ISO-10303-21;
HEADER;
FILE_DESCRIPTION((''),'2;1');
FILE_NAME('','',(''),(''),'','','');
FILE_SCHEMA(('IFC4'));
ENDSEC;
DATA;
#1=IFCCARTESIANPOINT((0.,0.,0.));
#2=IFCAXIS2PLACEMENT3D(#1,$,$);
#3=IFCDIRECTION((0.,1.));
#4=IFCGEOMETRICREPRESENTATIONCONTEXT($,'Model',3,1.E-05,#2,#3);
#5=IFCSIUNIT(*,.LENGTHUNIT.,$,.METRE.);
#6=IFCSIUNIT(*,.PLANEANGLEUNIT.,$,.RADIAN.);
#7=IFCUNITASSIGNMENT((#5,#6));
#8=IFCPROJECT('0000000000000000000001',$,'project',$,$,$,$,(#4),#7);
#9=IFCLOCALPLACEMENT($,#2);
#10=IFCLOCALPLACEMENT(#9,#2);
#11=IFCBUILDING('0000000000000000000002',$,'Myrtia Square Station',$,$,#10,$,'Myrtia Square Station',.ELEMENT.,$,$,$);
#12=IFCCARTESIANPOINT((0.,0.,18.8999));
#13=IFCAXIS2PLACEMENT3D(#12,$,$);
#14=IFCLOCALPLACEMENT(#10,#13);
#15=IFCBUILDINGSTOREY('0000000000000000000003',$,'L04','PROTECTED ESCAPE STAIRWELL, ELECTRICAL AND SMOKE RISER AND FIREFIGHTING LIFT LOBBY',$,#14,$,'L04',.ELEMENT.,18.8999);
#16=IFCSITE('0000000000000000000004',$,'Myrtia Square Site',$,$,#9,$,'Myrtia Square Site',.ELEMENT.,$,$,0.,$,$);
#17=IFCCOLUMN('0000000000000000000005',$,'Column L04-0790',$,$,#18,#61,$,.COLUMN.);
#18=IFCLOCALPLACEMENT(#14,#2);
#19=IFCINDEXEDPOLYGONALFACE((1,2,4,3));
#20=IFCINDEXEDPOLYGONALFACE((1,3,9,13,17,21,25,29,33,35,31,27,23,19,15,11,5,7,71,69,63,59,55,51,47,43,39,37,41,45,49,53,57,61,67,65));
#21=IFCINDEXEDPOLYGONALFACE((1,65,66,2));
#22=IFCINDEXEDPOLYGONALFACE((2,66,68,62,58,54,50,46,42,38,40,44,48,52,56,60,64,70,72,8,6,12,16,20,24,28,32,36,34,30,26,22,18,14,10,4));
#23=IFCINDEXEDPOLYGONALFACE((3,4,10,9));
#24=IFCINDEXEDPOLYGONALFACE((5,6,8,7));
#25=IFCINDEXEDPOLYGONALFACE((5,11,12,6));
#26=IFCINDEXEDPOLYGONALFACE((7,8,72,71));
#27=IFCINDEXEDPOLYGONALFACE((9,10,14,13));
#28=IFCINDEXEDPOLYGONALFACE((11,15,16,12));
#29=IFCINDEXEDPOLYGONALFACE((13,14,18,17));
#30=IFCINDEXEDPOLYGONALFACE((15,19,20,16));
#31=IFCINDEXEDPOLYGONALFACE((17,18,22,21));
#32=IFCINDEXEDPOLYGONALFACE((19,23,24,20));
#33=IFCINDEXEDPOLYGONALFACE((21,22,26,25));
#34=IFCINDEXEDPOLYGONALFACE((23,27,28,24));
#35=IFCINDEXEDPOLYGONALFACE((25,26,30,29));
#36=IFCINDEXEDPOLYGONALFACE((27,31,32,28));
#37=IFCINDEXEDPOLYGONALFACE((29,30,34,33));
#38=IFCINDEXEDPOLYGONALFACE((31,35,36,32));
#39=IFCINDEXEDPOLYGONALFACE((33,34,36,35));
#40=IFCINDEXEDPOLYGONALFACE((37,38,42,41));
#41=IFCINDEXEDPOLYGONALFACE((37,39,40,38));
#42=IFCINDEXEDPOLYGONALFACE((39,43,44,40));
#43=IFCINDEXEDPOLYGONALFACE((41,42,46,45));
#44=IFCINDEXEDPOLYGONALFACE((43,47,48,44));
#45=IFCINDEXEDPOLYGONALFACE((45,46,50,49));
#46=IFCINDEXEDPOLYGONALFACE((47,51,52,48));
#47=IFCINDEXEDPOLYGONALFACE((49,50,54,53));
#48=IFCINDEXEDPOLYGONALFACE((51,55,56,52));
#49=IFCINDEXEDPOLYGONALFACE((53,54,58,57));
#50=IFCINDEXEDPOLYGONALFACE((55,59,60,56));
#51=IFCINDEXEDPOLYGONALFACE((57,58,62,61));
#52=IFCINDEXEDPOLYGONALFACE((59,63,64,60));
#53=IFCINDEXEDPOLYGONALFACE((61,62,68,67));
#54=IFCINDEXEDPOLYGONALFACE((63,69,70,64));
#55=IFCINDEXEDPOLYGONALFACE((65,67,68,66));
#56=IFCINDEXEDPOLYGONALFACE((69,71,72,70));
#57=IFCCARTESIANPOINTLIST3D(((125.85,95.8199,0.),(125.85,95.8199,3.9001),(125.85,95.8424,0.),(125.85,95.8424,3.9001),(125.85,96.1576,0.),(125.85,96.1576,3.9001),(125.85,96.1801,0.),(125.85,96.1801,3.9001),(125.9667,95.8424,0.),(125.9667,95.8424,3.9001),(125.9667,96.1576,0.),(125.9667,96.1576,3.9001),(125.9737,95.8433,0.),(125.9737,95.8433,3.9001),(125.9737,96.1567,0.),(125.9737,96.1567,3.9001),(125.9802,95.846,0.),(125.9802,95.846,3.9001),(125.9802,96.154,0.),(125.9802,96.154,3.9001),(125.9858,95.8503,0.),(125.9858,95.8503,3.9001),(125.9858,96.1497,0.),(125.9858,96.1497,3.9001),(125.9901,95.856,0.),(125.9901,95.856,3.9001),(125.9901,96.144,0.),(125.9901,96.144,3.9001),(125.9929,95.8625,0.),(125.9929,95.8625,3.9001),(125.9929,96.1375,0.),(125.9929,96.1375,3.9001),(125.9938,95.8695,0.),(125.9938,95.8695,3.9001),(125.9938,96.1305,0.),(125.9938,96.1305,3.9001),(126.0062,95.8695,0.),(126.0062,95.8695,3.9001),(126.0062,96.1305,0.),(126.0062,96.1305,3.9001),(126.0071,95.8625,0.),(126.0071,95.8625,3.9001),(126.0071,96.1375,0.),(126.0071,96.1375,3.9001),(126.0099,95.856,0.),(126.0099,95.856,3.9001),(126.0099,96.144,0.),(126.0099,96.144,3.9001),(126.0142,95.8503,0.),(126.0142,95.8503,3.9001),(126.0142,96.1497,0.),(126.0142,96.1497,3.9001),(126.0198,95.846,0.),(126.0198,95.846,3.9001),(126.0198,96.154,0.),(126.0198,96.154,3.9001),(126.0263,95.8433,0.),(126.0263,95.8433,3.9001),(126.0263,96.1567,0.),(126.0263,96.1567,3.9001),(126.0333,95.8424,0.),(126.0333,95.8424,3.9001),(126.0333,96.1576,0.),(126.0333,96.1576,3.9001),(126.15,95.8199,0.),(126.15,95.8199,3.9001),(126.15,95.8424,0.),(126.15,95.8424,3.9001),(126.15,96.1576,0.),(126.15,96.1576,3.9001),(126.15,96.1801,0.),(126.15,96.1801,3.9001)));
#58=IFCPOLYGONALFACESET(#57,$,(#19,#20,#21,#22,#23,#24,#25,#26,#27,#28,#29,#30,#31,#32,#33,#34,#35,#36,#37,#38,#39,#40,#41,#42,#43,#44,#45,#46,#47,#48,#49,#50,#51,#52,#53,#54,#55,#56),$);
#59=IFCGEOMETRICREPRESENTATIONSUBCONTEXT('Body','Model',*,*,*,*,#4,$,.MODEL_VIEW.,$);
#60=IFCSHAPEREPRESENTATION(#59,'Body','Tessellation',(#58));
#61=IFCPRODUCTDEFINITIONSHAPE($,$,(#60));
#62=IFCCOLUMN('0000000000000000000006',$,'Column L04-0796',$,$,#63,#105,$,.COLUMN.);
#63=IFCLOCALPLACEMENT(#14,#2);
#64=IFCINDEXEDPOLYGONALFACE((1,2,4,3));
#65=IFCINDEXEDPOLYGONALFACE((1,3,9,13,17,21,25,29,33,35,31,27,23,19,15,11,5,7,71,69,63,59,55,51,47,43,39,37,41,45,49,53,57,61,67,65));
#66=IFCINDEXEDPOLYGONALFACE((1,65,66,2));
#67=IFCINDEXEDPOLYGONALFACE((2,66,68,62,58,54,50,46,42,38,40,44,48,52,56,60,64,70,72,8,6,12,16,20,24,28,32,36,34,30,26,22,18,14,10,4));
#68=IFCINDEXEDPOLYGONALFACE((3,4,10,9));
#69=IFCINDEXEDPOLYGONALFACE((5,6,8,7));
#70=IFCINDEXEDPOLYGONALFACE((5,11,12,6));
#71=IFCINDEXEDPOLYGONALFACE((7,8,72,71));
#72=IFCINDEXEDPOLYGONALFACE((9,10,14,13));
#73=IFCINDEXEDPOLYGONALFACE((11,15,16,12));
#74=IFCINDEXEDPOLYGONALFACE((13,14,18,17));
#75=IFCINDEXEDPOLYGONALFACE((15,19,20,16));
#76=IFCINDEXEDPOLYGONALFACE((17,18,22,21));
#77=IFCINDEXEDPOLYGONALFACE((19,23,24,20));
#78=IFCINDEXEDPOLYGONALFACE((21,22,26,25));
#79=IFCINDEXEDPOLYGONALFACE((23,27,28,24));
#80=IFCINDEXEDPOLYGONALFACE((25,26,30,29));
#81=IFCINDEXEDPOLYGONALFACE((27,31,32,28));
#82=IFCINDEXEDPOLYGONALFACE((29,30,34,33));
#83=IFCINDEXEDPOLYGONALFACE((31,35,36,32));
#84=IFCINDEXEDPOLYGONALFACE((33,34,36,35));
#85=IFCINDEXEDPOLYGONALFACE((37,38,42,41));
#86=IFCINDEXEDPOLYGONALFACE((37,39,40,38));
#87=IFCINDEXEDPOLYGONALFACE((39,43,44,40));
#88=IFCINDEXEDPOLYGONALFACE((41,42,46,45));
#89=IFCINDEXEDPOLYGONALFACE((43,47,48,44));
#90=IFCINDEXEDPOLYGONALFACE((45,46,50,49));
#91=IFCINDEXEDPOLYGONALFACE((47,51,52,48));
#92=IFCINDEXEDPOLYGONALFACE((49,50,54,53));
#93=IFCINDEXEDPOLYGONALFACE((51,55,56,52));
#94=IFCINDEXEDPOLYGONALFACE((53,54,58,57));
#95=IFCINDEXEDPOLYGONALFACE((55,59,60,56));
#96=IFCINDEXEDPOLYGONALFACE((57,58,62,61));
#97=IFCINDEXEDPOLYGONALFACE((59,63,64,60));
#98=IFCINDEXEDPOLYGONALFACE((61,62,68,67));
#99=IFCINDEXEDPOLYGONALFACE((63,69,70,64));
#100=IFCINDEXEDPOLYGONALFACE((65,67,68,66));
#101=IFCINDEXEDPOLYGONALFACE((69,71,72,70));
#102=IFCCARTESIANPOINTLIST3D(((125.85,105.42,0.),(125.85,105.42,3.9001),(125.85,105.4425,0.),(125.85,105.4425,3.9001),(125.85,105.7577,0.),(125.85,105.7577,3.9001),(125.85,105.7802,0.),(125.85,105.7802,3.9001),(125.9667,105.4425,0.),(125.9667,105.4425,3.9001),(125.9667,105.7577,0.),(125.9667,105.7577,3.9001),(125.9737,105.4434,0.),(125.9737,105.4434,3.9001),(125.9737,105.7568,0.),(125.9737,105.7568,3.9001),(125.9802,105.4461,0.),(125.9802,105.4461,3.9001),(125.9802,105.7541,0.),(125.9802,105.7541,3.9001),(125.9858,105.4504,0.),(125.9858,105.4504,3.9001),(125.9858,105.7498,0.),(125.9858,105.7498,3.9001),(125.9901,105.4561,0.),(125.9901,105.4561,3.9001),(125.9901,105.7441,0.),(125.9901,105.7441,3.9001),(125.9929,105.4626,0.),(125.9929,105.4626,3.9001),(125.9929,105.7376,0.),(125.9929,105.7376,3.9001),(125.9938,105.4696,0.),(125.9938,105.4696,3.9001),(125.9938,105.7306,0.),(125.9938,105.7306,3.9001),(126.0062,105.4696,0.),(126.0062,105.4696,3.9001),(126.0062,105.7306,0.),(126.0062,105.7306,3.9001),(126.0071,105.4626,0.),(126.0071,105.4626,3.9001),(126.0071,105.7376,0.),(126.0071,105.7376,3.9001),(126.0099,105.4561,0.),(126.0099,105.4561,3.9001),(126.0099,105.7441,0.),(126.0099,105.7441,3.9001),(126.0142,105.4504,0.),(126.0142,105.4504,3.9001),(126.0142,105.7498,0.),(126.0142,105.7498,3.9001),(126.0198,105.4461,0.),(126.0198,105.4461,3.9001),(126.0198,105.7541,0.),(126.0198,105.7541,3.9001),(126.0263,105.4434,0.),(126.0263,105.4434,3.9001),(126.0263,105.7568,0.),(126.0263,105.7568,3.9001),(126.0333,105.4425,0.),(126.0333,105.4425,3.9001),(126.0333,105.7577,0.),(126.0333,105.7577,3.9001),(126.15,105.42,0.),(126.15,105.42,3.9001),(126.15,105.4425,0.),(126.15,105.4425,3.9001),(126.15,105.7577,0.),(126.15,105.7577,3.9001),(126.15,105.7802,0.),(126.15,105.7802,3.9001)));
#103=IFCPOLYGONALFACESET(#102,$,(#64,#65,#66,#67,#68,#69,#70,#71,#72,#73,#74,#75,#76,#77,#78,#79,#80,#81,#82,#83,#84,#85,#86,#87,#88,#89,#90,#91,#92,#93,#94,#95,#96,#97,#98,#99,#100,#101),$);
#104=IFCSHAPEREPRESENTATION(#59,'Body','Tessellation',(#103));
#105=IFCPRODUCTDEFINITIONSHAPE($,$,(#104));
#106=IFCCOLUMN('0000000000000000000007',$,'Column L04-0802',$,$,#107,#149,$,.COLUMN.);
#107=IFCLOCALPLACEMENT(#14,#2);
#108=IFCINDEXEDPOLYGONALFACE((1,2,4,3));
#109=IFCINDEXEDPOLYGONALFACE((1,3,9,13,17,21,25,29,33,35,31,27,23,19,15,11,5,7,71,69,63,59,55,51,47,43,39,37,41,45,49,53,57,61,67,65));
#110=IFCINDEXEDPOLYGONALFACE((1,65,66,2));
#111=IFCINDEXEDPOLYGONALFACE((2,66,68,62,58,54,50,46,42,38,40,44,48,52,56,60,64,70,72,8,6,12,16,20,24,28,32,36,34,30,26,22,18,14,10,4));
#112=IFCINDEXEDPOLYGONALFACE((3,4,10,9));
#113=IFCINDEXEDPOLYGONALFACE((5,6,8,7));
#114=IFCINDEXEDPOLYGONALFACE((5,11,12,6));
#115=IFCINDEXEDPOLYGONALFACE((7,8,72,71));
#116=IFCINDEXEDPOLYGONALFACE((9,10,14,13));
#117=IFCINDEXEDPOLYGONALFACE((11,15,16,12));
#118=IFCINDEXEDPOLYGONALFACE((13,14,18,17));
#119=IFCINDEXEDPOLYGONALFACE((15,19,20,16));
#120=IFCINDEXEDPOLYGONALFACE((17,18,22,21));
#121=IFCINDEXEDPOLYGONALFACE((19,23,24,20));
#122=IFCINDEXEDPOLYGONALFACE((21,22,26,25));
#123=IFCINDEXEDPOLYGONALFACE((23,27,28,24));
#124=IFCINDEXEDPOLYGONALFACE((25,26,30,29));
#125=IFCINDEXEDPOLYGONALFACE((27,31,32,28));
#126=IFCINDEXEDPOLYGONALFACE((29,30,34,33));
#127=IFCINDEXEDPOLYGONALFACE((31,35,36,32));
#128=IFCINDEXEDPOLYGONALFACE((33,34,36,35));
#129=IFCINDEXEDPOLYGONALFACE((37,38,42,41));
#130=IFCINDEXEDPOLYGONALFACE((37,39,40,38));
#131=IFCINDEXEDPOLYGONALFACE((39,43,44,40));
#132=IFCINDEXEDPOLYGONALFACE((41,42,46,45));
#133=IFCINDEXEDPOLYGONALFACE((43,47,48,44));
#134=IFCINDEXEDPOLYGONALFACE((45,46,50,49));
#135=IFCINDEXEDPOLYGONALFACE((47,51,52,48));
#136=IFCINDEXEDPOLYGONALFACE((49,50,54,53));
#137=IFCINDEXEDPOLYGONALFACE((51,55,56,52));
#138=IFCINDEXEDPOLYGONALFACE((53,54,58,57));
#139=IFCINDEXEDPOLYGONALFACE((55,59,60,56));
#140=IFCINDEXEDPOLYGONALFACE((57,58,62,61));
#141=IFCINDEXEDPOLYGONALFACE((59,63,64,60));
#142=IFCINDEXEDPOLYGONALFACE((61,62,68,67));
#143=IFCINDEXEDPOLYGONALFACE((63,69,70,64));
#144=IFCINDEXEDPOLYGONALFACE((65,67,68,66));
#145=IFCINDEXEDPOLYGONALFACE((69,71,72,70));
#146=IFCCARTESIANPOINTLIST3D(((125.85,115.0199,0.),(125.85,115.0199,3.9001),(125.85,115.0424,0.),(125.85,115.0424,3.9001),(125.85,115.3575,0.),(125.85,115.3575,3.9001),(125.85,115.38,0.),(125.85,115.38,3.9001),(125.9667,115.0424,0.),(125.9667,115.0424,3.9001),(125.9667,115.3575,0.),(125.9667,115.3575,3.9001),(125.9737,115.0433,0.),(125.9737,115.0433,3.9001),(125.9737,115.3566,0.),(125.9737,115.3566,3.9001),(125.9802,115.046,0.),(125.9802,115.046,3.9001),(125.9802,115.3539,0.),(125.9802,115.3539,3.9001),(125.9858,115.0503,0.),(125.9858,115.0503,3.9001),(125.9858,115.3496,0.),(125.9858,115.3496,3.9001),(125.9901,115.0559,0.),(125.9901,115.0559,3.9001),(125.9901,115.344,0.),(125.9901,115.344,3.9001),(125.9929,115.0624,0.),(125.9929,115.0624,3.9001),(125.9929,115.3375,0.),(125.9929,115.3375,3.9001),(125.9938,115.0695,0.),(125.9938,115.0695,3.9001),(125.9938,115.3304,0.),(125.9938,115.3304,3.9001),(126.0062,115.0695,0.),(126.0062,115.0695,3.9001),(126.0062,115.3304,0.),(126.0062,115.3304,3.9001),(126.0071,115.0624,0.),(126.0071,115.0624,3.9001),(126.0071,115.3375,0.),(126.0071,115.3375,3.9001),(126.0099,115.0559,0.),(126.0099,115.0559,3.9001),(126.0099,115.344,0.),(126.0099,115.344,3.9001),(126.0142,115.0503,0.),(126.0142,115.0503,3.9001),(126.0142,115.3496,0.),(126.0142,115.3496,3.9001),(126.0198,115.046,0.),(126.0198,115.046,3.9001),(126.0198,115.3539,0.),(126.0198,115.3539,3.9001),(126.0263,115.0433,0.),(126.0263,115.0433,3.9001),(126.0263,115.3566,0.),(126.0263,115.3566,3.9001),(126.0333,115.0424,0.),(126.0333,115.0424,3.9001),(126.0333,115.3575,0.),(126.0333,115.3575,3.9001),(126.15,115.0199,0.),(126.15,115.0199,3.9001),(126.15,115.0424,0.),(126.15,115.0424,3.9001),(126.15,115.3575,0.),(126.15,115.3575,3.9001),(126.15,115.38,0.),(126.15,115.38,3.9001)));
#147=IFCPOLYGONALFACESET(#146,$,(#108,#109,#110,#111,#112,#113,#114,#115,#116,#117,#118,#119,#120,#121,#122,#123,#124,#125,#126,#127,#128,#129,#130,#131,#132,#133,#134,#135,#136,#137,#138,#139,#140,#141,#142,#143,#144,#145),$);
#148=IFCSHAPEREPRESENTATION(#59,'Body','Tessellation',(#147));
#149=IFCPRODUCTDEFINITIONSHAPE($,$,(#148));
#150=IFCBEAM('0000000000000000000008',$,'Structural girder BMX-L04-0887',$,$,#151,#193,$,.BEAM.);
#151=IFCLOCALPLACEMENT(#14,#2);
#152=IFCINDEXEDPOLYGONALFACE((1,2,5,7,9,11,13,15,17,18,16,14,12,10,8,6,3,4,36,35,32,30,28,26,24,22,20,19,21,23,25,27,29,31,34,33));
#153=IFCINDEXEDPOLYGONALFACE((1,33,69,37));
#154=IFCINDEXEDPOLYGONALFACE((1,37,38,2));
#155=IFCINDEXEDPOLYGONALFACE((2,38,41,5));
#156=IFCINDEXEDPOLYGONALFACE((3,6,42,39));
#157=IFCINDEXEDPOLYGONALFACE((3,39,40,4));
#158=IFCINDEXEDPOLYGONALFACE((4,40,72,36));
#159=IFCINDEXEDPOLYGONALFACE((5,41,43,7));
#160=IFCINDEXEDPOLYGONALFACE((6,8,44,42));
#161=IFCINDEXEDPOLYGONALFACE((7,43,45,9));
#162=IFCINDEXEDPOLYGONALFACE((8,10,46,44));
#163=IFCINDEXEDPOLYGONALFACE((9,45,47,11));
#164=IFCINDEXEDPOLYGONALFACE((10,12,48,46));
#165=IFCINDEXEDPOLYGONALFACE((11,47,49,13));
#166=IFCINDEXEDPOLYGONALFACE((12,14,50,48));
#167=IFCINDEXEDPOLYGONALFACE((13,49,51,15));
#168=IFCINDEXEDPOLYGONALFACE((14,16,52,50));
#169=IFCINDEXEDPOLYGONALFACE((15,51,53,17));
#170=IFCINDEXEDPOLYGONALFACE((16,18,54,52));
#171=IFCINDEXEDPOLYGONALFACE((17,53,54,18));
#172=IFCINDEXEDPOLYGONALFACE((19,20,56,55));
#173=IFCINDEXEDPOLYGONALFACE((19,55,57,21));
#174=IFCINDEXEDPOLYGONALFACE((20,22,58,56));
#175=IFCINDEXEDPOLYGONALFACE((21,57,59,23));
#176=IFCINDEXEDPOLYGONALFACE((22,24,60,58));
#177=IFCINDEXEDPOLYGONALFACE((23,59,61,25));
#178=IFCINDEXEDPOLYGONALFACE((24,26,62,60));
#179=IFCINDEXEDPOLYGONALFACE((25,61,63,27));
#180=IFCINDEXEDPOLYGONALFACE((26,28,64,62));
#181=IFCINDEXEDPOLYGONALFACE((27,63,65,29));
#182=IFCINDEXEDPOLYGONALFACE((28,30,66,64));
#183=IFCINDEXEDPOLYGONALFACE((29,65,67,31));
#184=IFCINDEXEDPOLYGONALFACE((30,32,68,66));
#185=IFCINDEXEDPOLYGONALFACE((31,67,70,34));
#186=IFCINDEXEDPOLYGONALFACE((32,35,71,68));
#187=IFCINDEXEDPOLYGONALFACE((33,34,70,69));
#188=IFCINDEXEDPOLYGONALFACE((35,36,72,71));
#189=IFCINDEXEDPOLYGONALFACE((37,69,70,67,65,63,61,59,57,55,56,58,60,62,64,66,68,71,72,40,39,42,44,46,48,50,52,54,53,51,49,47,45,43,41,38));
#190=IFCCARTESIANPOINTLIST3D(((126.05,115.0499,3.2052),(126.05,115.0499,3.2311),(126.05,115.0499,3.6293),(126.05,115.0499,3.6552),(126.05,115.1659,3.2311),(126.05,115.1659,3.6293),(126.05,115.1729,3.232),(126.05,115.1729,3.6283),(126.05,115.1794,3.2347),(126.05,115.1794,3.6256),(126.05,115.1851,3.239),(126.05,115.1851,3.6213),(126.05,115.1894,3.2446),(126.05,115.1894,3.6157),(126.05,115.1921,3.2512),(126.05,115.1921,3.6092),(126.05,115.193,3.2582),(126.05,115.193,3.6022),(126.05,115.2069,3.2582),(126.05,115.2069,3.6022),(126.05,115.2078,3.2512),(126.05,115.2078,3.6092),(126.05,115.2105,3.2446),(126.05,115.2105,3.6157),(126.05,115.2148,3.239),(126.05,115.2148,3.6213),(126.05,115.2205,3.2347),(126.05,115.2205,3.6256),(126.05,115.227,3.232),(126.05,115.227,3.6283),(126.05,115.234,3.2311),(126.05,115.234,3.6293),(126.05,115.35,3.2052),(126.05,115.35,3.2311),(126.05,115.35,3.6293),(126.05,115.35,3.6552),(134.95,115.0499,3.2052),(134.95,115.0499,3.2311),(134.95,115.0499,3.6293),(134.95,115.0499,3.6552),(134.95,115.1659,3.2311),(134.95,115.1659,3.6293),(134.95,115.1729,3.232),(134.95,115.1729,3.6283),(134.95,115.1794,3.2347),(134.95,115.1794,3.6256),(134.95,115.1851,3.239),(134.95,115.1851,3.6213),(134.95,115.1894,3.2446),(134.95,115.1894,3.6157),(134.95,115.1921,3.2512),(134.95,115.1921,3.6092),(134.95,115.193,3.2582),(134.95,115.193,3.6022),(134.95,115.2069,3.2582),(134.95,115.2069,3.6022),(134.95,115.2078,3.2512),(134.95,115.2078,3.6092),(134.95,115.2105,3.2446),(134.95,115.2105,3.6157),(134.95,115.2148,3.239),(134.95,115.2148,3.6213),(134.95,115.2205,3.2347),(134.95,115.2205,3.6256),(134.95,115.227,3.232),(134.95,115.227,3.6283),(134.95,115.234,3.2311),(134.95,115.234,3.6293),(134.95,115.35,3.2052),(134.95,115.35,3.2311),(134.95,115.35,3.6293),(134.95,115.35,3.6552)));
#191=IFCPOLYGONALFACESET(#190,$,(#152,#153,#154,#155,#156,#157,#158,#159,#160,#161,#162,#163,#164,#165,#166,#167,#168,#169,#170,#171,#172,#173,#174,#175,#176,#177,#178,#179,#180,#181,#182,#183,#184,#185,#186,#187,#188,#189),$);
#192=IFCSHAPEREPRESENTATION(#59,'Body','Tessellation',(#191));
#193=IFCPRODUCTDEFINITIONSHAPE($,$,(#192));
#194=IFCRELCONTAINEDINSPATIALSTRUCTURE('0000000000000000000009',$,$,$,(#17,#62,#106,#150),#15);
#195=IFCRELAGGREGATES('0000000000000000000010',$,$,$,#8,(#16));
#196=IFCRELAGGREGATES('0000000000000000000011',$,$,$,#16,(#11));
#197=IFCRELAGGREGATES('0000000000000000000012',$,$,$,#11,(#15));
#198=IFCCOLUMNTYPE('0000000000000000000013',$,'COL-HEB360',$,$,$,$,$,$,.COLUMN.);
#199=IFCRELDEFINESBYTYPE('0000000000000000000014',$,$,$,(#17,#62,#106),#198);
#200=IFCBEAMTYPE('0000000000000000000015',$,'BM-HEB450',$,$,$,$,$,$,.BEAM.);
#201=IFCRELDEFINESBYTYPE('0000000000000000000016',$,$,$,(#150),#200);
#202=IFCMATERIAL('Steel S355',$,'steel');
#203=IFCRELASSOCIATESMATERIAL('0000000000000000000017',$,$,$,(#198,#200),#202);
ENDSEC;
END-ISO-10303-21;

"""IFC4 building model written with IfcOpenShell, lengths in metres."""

from ifc_helpers import new_model, si_unit, direction, frame, origin, origin_2d, place, context, subcontext, project, spatial, i_section, extrude, material, material_profile, profile_set, type_object, element, save


model = new_model("IFC4")

# Units and contexts
model_context = context("Model", 3, precision=1e-05, world=origin(), true_north=direction((0.0, 1.0)))
body_context = subcontext(model_context, "Body", "Model", "MODEL_VIEW")
ifc_project = project(units=[si_unit("LENGTHUNIT", "METRE"), si_unit("PLANEANGLEUNIT", "RADIAN")], contexts=[model_context])

# Site, building, storey
site_placement = place(None, origin())
site = spatial("IfcSite", under=ifc_project, at=site_placement, Name="Myrtia Square Site", LongName="Myrtia Square Site", CompositionType="ELEMENT", RefElevation=0.0)
building_placement = place(site_placement, origin())
building = spatial("IfcBuilding", under=site, at=building_placement, Name="Myrtia Square Station", LongName="Myrtia Square Station", CompositionType="ELEMENT")
storey_placement = place(building_placement, frame((0.0, 0.0, 18.8999)))
storey = spatial("IfcBuildingStorey", under=building, at=storey_placement, Name="L04", Description="PROTECTED ESCAPE STAIRWELL, ELECTRICAL AND SMOKE RISER AND FIREFIGHTING LIFT LOBBY", LongName="L04", CompositionType="ELEMENT", Elevation=18.8999)

# Columns
ifc_material_1 = material(Name="Steel S355", Category="steel")
ifc_material_profile_1 = material_profile(ifc_material_1, i_section(OverallWidth=0.3, OverallDepth=0.3601, WebThickness=0.0125, FlangeThickness=0.0225, FilletRadius=0.0271, at=origin_2d()), Name="HEB 360")
ifc_profile_set_1 = profile_set([ifc_material_profile_1], Name="Steel S355")
column_type = type_object("IfcColumnType", Name="COL-HEB360", PredefinedType="COLUMN", material=ifc_profile_set_1)
for number, where, z_axis, x_axis, name in (
    (1, (126.0, 96.0, 0.0), (0.0, 0.0, 1.0), (1.0, 0.0, 0.0), "Column L04-0790"),
    (2, (126.0, 105.6001, 0.0), (0.0, 0.0, 1.0), (1.0, 0.0, 0.0), "Column L04-0796"),
    (3, (126.0, 115.2, 0.0), (0.0, 0.0, 1.0), (1.0, 0.0, 0.0), "Column L04-0802"),
):
    element("IfcColumn", number, at=place(storey_placement, frame(where, z_axis=z_axis, x_axis=x_axis)), inside=storey, type_object=column_type, Name=name, PredefinedType="COLUMN", context=body_context, shape_type="SweptSolid", body=[
        extrude(i_section(OverallWidth=0.3, OverallDepth=0.3601, WebThickness=0.0125, FlangeThickness=0.0225, FilletRadius=0.0271, at=origin_2d()), origin(), (0.0, 0.0, 1.0), 3.9001),
    ])

# Beam
ifc_material_profile_2 = material_profile(ifc_material_1, i_section(OverallWidth=0.3, OverallDepth=0.45, WebThickness=0.0139, FlangeThickness=0.0259, FilletRadius=0.0271, at=origin_2d()), Name="HEB 450")
ifc_profile_set_2 = profile_set([ifc_material_profile_2], Name="Steel S355")
beam_type_1 = type_object("IfcBeamType", Name="BM-HEB450", PredefinedType="BEAM", material=ifc_profile_set_2)
beam_1_placement = place(storey_placement, frame((126.05, 115.2, 3.4302), z_axis=(1.0, 0.0, 0.0), x_axis=(0.0, 1.0, 0.0)))
element("IfcBeam", 4, at=beam_1_placement, inside=storey, type_object=beam_type_1, Name="Structural girder BMX-L04-0887", PredefinedType="BEAM", context=body_context, shape_type="SweptSolid", body=[
    extrude(i_section(OverallWidth=0.3, OverallDepth=0.45, WebThickness=0.0139, FlangeThickness=0.0259, FilletRadius=0.0271, at=origin_2d()), origin(), (0.0, 0.0, 1.0), 8.8999),
])

save(model, "model.ifc")
